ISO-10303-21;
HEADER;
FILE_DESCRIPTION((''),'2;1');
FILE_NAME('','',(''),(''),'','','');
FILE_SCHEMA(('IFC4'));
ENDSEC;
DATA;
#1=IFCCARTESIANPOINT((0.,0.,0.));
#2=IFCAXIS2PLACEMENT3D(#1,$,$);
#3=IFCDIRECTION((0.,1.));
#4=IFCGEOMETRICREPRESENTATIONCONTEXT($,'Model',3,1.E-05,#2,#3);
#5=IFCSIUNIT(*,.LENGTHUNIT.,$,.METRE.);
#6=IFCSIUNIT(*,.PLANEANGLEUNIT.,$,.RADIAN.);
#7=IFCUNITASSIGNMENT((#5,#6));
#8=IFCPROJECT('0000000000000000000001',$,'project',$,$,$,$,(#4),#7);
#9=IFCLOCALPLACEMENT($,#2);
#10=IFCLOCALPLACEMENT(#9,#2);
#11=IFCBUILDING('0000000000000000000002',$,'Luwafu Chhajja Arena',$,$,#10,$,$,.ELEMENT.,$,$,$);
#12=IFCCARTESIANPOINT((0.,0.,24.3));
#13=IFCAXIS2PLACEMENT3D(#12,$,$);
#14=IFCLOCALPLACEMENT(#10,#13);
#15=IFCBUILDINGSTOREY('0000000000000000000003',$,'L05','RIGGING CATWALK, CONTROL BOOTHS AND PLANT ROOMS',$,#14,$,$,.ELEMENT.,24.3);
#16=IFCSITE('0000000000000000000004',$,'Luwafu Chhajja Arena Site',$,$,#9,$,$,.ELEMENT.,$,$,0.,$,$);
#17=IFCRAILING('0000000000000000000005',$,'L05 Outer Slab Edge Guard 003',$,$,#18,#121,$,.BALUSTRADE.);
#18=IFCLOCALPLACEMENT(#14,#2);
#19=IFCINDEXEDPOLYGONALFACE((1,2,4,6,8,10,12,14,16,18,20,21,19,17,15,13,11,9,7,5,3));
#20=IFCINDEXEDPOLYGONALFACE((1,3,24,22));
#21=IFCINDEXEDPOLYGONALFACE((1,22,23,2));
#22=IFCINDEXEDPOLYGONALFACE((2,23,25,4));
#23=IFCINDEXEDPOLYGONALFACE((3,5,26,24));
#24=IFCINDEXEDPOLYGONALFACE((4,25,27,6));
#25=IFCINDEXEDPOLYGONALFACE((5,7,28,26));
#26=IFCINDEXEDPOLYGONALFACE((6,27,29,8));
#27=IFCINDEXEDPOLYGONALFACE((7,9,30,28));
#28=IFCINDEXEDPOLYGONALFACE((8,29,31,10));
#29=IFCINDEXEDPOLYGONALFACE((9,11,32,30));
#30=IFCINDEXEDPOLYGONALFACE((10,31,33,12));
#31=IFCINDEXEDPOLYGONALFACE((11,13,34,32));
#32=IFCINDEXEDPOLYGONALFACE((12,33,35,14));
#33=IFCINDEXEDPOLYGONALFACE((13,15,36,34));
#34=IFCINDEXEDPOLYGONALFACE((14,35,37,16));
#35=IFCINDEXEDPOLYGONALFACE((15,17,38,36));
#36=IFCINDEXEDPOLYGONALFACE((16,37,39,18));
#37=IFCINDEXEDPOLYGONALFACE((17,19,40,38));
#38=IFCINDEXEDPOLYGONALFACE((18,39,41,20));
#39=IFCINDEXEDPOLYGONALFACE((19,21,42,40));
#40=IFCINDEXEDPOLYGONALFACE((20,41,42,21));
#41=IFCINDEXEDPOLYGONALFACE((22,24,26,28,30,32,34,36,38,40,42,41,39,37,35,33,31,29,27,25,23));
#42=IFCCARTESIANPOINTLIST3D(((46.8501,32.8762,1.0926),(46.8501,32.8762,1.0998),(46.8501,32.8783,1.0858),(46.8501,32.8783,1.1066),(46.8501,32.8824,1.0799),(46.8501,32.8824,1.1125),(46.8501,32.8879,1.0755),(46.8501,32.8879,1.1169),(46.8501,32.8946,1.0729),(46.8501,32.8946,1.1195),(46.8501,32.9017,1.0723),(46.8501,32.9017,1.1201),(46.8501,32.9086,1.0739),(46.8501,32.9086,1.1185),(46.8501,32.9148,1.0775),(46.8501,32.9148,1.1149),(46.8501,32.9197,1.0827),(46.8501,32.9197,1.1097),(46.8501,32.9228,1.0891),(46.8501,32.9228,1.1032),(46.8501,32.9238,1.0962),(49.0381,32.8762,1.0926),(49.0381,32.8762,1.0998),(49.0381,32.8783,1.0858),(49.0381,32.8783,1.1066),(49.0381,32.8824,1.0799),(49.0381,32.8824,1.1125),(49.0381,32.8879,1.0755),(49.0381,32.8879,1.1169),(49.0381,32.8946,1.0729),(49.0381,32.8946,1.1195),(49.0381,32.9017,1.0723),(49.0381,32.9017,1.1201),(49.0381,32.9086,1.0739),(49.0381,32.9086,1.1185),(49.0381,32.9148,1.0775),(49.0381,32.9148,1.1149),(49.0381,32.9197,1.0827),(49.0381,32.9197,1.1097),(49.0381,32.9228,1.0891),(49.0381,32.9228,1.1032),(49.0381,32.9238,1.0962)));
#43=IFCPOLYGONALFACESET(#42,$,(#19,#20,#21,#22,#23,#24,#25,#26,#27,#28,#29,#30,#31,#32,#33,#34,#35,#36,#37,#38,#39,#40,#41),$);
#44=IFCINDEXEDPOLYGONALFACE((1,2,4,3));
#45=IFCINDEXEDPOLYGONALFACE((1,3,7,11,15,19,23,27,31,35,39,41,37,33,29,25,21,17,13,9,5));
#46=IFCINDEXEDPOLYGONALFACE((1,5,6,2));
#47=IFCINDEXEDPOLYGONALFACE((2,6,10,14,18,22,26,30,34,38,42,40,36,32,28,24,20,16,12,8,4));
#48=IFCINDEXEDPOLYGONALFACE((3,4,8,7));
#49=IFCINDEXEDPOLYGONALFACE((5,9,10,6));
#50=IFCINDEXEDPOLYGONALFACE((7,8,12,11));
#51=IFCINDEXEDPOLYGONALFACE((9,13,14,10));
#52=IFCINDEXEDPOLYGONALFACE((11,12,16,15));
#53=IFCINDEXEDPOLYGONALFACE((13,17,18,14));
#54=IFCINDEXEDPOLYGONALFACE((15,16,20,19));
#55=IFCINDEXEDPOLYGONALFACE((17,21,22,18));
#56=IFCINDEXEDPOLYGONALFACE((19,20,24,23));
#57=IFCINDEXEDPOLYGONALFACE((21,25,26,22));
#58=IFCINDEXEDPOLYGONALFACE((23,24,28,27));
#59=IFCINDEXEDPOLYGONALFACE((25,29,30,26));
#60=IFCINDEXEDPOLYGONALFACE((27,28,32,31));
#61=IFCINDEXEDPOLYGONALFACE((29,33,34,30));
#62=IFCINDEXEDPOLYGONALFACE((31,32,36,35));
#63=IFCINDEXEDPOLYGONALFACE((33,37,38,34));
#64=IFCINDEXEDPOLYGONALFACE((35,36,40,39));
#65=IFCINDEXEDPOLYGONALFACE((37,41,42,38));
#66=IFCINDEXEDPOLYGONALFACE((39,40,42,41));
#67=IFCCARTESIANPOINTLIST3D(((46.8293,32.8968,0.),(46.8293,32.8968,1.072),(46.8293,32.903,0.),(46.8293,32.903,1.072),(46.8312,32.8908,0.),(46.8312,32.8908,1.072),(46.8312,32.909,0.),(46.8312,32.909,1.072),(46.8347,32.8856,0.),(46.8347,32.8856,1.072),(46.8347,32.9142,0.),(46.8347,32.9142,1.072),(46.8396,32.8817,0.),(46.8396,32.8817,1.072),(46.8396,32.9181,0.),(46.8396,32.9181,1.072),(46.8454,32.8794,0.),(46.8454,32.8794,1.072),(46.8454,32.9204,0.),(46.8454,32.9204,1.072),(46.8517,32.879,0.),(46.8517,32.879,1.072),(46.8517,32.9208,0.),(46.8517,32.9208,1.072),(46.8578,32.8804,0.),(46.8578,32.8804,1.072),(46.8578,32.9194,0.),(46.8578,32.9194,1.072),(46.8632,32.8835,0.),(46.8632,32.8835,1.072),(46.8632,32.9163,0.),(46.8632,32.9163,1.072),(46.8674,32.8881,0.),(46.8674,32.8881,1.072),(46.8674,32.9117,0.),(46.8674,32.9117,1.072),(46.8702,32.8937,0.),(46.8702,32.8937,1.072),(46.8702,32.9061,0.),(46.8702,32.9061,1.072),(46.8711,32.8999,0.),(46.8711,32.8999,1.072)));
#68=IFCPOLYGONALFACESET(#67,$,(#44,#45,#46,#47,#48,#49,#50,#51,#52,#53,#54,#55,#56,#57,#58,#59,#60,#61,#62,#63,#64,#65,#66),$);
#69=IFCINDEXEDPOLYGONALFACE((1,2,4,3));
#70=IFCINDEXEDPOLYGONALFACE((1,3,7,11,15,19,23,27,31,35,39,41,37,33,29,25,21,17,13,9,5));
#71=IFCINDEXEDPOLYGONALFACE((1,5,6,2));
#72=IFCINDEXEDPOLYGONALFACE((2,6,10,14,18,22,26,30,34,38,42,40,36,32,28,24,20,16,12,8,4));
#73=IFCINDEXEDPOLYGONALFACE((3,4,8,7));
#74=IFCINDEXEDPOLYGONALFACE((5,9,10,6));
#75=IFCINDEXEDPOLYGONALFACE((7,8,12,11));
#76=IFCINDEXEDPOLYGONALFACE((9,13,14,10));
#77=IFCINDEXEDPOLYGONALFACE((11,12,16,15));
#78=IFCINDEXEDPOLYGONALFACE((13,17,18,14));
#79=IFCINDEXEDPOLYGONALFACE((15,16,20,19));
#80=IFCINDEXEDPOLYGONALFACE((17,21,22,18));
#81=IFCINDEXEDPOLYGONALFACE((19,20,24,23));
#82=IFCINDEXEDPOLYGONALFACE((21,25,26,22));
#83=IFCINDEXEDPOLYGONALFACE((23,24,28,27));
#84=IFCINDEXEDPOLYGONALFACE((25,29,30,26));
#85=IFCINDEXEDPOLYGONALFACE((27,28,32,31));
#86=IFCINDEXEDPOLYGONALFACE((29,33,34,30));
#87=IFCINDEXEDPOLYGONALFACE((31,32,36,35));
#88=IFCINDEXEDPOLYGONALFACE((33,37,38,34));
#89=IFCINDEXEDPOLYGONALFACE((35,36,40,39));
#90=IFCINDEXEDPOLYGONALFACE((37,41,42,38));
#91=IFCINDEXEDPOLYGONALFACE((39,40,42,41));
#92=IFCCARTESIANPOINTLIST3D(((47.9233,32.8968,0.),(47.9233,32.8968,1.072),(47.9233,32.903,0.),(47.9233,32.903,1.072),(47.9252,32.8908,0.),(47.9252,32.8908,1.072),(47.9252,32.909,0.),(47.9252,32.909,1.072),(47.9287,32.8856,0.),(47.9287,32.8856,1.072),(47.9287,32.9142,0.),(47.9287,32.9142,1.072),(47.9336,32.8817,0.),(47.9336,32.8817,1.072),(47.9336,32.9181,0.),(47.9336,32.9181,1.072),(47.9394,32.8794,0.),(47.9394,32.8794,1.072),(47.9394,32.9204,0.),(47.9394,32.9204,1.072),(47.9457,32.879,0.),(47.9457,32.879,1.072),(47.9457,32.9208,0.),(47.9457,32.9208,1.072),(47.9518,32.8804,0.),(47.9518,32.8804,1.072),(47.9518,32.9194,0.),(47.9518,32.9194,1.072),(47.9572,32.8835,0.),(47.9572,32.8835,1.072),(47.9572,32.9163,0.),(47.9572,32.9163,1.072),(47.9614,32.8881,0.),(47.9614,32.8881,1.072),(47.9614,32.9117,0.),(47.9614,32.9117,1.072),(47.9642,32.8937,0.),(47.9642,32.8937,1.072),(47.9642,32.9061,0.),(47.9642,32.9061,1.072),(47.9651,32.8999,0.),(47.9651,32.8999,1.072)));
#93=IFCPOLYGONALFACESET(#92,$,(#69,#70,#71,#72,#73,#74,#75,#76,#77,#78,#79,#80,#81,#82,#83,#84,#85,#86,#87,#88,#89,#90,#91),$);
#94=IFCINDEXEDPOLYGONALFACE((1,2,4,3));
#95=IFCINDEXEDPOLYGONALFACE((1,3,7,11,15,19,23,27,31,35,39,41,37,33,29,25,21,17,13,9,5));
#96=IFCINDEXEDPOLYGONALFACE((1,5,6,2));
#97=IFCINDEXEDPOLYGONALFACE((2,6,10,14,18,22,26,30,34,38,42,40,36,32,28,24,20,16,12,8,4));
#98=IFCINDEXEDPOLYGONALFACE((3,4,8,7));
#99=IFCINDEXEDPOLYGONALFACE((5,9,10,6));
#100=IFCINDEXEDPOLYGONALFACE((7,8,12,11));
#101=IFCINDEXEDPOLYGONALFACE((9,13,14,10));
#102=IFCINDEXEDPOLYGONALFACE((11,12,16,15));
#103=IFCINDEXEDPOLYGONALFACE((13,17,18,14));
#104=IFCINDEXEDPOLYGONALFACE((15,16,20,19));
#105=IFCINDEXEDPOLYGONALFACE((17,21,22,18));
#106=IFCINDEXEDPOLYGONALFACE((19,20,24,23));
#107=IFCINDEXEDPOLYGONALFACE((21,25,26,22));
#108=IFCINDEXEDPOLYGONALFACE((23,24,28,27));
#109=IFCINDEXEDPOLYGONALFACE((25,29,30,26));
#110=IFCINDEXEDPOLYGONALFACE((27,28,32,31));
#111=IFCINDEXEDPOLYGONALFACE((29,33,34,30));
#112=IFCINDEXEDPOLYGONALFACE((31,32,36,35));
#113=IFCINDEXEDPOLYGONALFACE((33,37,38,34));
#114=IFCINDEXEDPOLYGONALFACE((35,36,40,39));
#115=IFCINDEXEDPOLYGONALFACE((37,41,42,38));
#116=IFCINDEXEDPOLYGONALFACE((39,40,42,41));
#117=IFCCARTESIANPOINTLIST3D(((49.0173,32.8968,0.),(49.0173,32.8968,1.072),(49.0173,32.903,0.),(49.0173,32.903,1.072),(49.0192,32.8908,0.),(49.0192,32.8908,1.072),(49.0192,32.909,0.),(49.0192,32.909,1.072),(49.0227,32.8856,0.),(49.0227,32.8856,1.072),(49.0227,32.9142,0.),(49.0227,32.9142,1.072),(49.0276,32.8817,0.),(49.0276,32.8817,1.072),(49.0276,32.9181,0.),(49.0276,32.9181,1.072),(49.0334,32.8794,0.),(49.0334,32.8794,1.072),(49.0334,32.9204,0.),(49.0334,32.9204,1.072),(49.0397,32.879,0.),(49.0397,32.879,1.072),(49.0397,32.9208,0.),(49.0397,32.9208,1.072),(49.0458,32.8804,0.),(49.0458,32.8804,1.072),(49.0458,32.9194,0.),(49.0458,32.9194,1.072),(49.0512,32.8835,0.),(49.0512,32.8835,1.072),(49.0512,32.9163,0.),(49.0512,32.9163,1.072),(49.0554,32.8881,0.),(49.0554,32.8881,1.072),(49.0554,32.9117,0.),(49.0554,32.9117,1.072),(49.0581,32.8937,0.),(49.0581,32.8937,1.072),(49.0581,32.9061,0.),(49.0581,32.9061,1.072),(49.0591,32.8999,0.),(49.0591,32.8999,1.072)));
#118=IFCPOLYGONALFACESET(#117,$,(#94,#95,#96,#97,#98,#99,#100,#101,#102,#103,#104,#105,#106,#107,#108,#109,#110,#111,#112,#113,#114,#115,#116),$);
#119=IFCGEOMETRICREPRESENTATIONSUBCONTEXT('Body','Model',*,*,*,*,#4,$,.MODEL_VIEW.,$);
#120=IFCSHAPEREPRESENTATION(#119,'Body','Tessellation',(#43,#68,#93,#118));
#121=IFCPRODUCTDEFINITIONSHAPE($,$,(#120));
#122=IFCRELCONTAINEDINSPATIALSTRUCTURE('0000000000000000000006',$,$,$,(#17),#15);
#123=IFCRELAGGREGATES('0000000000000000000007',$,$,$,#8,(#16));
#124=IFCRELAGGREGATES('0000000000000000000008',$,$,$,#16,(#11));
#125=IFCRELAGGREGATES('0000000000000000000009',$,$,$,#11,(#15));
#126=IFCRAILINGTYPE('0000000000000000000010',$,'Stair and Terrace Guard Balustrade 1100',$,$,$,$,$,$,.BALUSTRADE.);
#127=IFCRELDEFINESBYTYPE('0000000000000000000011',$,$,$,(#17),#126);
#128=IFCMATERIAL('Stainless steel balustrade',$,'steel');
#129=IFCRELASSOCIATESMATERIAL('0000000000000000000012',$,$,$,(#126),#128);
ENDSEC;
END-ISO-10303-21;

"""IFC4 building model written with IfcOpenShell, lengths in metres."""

from ifc_helpers import new_model, si_unit, direction, frame, origin, origin_2d, place, context, subcontext, project, spatial, circle, extrude, material, type_object, element, save


model = new_model("IFC4")

# Units and contexts
model_context = context("Model", 3, precision=1e-05, world=origin(), true_north=direction((0.0, 1.0)))
body_context = subcontext(model_context, "Body", "Model", "MODEL_VIEW")
ifc_project = project(units=[si_unit("LENGTHUNIT", "METRE"), si_unit("PLANEANGLEUNIT", "RADIAN")], contexts=[model_context])

# Site, building, storey
site_placement = place(None, origin())
site = spatial("IfcSite", under=ifc_project, at=site_placement, Name="Luwafu Chhajja Arena Site", CompositionType="ELEMENT", RefElevation=0.0)
building_placement = place(site_placement, origin())
building = spatial("IfcBuilding", under=site, at=building_placement, Name="Luwafu Chhajja Arena", CompositionType="ELEMENT")
storey_placement = place(building_placement, frame((0.0, 0.0, 24.3)))
storey = spatial("IfcBuildingStorey", under=building, at=storey_placement, Name="L05", Description="RIGGING CATWALK, CONTROL BOOTHS AND PLANT ROOMS", CompositionType="ELEMENT", Elevation=24.3)

# Railing
ifc_material_1 = material(Name="Stainless steel balustrade", Category="steel")
railing_type = type_object("IfcRailingType", Name="Stair and Terrace Guard Balustrade 1100", PredefinedType="BALUSTRADE", material=ifc_material_1)
railing_placement = place(storey_placement, frame((46.8501, 32.8999, 0.0)))
element("IfcRailing", 1, at=railing_placement, inside=storey, type_object=railing_type, Name="L05 Outer Slab Edge Guard 003", PredefinedType="BALUSTRADE", context=body_context, shape_type="SweptSolid", body=[
    extrude(circle(Radius=0.0239, at=origin_2d()), frame((0.0, 0.0, 1.0962), z_axis=(1.0, 0.0, 0.0), x_axis=(0.0, 1.0, 0.0)), (0.0, 0.0, 1.0), 2.188),
    extrude(circle(Radius=0.021, at=origin_2d()), origin(), (0.0, 0.0, 1.0), 1.072),
    extrude(circle(Radius=0.021, at=origin_2d()), frame((1.094, 0.0, 0.0)), (0.0, 0.0, 1.0), 1.072),
    extrude(circle(Radius=0.021, at=origin_2d()), frame((2.188, 0.0, 0.0)), (0.0, 0.0, 1.0), 1.072),
])

save(model, "model.ifc")
